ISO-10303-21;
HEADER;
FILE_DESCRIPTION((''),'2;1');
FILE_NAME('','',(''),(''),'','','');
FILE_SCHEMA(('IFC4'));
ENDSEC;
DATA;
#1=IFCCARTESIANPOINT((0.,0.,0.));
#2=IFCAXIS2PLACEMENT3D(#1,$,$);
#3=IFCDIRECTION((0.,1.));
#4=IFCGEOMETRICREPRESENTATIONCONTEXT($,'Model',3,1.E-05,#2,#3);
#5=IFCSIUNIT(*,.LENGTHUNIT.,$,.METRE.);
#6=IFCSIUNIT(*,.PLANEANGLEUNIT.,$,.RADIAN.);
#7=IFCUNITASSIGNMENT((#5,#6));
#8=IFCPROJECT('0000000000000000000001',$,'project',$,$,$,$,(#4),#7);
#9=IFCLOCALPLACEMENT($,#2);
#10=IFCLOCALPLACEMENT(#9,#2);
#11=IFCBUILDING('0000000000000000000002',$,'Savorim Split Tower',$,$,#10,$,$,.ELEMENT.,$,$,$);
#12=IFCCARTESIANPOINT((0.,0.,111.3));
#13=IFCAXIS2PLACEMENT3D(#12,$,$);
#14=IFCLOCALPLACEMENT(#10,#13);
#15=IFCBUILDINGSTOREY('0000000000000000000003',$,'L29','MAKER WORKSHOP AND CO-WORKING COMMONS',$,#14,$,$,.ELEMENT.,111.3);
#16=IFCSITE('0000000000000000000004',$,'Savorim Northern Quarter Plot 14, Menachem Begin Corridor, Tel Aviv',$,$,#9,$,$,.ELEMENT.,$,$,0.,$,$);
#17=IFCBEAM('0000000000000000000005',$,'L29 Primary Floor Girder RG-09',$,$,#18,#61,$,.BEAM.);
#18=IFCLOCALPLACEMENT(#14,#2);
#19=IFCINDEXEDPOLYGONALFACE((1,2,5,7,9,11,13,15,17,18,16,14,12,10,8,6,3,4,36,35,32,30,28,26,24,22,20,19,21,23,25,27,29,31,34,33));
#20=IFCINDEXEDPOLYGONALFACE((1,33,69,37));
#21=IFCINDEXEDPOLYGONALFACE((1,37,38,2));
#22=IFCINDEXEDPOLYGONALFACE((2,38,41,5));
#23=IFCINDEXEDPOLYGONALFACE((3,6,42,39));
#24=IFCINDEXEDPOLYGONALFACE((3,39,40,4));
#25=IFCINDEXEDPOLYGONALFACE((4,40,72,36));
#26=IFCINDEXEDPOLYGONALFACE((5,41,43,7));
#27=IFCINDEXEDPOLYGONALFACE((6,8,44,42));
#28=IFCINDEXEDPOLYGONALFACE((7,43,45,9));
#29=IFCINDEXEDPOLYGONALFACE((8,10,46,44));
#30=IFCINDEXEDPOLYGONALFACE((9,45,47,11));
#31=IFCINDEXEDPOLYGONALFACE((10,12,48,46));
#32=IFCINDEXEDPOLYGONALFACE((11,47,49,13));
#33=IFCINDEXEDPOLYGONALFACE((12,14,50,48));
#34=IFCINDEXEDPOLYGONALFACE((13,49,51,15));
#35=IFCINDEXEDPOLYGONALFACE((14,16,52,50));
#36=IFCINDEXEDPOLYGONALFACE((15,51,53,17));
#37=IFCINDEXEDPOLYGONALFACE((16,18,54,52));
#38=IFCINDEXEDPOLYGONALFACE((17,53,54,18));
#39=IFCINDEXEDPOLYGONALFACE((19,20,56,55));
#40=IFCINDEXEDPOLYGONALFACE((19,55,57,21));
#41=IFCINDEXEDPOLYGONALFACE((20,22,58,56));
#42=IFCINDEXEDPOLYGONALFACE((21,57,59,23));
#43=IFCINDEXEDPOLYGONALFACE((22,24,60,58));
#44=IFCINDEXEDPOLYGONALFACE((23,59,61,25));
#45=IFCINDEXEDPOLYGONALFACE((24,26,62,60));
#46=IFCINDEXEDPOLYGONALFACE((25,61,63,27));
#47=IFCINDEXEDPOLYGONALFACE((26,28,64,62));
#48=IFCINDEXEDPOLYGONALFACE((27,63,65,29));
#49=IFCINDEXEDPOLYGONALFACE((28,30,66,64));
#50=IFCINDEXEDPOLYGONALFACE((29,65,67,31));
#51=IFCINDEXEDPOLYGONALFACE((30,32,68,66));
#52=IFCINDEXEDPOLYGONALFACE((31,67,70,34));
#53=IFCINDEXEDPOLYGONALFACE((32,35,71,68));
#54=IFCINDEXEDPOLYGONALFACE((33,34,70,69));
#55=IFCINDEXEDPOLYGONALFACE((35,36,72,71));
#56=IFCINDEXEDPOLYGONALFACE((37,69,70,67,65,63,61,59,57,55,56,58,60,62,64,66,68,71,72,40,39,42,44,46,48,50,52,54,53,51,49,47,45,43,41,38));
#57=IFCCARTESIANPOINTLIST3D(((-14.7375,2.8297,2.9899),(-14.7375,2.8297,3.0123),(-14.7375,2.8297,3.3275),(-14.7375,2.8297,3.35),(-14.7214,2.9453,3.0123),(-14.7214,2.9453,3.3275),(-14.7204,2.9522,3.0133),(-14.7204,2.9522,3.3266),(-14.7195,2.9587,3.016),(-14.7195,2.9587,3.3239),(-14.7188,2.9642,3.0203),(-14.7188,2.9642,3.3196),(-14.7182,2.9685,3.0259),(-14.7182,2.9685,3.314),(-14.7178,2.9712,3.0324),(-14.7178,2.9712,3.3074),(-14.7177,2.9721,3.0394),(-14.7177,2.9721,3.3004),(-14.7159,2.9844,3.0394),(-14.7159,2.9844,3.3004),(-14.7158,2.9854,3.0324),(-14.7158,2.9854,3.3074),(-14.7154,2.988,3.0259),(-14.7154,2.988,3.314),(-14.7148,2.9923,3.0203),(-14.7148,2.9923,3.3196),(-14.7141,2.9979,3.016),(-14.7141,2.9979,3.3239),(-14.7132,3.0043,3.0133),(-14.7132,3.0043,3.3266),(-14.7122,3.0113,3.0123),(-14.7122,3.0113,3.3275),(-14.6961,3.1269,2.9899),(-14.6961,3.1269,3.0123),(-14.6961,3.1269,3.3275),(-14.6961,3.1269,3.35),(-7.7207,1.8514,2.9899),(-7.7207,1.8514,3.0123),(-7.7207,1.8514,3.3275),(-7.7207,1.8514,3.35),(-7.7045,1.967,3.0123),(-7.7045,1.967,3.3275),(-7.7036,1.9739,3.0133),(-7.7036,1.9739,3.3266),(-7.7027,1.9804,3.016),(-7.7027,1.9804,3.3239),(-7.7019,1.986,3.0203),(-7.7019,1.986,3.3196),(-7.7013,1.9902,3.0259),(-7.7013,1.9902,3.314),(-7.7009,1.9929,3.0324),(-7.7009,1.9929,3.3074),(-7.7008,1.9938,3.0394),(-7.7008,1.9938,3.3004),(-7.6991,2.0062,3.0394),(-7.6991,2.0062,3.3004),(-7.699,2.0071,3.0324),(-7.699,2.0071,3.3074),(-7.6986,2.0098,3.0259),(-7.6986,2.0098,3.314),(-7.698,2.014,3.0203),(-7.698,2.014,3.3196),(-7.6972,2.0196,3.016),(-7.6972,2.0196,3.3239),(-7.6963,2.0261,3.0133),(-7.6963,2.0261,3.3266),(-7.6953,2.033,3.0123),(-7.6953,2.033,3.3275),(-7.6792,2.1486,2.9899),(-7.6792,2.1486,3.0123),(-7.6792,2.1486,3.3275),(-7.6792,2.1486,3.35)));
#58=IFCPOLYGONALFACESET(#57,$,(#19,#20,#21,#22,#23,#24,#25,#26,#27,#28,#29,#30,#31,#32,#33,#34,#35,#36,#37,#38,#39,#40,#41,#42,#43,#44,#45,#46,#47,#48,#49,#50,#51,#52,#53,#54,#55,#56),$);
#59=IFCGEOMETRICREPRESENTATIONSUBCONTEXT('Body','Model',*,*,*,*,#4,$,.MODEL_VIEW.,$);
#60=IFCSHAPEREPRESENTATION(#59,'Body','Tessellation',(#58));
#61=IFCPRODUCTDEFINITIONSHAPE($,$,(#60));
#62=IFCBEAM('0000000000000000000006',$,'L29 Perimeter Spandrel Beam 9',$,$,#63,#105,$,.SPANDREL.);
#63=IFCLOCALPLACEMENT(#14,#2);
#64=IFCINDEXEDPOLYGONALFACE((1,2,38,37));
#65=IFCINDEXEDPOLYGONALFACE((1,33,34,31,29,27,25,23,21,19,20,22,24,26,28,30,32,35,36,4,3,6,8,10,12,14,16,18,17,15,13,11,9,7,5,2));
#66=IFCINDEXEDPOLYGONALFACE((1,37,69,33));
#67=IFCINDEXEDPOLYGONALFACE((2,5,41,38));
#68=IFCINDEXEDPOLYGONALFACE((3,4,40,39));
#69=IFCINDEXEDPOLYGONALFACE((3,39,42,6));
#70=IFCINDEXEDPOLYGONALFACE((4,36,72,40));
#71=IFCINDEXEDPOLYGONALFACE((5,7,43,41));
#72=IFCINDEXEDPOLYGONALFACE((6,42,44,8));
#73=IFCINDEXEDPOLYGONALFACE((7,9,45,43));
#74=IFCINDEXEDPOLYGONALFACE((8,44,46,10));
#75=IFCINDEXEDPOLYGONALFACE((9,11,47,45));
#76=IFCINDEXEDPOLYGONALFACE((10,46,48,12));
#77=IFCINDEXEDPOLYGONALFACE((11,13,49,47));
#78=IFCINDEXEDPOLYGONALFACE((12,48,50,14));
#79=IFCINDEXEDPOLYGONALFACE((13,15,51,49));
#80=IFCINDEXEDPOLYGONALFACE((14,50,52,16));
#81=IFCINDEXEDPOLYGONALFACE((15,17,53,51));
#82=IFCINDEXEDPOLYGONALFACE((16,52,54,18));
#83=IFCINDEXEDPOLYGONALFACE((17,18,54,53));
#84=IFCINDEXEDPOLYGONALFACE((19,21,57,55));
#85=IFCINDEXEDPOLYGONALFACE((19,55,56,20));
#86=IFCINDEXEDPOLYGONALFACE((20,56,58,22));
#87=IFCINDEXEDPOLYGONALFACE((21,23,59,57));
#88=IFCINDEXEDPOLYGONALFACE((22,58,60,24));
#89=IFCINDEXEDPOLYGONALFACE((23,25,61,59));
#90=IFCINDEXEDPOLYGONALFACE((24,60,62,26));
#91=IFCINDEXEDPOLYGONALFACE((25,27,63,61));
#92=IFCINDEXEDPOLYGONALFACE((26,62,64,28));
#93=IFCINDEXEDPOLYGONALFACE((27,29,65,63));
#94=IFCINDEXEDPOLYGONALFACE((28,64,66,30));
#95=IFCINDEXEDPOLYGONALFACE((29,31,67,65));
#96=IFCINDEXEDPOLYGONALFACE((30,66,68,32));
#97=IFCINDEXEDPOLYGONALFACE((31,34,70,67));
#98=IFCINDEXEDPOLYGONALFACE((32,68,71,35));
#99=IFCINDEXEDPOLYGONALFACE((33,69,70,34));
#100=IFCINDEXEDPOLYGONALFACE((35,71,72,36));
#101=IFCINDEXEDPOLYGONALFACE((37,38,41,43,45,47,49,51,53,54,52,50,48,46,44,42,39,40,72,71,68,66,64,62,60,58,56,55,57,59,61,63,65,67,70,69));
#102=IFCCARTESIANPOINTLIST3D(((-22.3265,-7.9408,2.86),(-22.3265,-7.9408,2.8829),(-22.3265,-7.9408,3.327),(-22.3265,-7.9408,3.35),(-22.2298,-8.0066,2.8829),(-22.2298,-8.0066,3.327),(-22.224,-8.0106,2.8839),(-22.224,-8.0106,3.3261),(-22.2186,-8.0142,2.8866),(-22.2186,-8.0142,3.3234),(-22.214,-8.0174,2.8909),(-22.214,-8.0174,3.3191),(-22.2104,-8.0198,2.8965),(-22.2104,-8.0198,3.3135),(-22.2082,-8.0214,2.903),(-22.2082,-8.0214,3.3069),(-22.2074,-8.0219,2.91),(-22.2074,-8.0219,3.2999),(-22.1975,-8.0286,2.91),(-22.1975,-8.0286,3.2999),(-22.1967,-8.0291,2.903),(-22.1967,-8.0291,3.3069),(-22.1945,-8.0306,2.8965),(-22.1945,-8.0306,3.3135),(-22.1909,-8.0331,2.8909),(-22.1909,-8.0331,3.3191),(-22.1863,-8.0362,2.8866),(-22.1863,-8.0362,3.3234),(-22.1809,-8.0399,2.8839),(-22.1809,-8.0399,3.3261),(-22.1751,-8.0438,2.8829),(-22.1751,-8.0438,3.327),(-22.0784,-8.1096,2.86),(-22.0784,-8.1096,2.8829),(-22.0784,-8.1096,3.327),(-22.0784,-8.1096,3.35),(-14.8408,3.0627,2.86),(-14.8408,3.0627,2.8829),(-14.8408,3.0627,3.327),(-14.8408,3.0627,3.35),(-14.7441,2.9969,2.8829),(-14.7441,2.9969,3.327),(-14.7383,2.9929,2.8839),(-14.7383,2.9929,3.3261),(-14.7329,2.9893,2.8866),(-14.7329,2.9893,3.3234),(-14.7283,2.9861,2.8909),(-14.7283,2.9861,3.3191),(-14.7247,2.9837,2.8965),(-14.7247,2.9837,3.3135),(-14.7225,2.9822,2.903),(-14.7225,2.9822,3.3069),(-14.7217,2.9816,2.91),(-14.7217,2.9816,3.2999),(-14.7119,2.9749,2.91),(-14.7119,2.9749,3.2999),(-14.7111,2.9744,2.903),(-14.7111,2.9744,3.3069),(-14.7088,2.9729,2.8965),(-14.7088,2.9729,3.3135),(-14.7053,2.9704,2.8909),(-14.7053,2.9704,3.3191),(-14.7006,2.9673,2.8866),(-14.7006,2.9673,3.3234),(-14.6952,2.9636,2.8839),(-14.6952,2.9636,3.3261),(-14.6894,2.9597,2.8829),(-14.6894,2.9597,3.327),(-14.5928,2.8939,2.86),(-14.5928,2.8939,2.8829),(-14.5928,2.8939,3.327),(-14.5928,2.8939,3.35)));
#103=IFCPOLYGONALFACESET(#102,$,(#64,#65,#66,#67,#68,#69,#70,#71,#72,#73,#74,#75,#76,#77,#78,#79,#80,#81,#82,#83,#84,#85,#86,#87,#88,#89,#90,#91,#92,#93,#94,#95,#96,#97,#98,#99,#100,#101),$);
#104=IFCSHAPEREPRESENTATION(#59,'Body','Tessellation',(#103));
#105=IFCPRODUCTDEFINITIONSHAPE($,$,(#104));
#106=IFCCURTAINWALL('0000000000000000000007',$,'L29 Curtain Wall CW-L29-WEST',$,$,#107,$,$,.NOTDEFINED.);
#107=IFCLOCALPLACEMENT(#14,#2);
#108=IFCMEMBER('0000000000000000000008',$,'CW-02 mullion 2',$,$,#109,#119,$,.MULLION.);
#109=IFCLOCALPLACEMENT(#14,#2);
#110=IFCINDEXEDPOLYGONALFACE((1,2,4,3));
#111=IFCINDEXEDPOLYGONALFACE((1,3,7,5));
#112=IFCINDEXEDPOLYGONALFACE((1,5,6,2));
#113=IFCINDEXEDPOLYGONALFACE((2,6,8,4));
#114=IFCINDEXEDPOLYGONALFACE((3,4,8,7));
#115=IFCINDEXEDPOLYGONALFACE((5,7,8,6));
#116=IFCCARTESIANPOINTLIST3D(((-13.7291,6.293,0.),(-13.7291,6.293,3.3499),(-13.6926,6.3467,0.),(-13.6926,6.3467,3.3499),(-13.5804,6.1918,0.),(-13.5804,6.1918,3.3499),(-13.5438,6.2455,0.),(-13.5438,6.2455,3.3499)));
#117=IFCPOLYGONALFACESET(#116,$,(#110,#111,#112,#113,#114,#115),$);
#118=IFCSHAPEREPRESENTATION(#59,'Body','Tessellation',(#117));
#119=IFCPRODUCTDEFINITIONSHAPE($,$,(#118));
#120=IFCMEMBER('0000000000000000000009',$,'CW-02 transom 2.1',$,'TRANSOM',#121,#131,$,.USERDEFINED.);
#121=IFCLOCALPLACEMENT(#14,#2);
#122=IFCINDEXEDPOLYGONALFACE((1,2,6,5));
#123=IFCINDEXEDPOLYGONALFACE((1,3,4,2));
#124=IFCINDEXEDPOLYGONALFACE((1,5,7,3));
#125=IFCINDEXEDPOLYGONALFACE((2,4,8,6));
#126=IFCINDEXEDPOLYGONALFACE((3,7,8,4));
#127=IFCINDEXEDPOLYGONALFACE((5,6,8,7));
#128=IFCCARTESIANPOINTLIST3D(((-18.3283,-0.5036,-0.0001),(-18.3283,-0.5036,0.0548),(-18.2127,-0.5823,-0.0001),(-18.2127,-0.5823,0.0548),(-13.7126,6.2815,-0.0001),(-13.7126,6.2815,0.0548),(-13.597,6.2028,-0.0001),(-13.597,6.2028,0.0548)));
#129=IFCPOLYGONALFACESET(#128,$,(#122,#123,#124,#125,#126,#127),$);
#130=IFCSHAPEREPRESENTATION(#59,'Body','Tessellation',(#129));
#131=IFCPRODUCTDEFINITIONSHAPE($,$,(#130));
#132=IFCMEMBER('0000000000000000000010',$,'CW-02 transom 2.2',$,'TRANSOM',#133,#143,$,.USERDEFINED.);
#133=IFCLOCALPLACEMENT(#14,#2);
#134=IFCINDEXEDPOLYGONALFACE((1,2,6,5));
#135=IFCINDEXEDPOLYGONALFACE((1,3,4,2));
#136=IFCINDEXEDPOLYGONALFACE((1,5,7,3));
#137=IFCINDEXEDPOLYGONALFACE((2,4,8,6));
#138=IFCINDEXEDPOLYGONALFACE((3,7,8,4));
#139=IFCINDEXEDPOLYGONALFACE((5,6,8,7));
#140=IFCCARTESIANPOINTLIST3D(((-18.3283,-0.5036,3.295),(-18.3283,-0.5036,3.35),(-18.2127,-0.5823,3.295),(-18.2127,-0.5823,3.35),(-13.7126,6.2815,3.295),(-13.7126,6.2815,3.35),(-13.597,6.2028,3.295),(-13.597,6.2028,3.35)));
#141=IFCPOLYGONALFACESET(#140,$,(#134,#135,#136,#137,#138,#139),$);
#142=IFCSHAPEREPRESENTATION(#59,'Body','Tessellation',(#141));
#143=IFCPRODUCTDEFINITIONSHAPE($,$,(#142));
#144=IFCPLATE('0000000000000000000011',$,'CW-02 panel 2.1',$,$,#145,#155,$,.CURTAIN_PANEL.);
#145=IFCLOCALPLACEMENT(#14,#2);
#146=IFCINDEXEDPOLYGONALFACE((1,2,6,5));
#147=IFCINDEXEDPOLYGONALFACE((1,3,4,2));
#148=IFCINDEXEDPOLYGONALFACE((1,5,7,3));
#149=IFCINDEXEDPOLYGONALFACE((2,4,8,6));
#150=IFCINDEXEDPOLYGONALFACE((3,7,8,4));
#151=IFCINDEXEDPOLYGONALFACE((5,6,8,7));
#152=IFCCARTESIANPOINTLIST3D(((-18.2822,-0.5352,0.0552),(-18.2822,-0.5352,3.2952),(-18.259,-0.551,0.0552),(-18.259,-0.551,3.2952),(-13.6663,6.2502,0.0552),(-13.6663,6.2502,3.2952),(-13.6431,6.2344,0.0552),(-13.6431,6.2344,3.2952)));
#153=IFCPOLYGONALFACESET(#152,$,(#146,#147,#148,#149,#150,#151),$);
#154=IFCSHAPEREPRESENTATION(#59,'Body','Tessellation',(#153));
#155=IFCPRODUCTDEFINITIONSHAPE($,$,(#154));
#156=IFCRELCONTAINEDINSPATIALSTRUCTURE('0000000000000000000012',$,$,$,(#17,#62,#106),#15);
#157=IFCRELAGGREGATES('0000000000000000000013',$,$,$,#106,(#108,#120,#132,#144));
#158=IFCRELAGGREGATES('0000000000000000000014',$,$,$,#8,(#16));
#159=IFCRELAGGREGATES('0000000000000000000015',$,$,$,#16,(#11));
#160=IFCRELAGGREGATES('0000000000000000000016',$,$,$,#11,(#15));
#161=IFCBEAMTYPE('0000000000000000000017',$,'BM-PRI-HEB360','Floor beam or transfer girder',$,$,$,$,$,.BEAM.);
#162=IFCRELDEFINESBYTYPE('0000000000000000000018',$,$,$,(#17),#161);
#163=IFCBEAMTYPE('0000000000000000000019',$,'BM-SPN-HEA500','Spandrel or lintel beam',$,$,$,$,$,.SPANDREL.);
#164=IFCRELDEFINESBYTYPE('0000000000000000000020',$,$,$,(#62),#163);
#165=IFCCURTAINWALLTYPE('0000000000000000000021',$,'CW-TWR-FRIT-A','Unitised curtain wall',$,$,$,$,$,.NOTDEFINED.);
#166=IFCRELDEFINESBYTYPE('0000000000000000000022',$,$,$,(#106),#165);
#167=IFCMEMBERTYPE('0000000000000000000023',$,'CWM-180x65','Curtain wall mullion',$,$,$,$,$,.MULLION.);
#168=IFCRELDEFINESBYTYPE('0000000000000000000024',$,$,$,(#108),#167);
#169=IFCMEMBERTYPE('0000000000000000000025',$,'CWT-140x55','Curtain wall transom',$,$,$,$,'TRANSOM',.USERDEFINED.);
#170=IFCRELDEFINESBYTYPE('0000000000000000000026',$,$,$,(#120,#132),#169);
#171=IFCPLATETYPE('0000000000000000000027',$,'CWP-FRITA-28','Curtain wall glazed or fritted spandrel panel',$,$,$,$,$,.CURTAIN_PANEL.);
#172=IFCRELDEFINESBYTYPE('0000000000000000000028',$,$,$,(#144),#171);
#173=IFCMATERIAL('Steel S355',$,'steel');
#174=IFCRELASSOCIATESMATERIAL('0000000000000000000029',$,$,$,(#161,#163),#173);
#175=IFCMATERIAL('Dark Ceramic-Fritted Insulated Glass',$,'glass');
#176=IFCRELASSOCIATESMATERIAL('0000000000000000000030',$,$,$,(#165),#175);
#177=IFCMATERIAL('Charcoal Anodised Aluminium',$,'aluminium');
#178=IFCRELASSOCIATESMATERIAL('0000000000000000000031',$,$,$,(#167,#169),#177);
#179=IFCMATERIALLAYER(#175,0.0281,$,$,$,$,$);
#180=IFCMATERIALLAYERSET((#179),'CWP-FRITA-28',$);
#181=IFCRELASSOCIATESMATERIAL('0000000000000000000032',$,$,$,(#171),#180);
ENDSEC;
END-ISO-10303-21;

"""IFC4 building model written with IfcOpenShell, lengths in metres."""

from ifc_helpers import new_model, si_unit, direction, frame, origin, origin_2d, place, context, subcontext, project, spatial, rectangle, i_section, extrude, material, layer, layer_set, material_profile, profile_set, type_object, element, aggregate, save


model = new_model("IFC4")

# Units and contexts
model_context = context("Model", 3, precision=1e-05, world=origin(), true_north=direction((0.0, 1.0)))
body_context = subcontext(model_context, "Body", "Model", "MODEL_VIEW")
ifc_project = project(units=[si_unit("LENGTHUNIT", "METRE"), si_unit("PLANEANGLEUNIT", "RADIAN")], contexts=[model_context])

# Site, building, storey
site_placement = place(None, origin())
site = spatial("IfcSite", under=ifc_project, at=site_placement, Name="Savorim Northern Quarter Plot 14, Menachem Begin Corridor, Tel Aviv", CompositionType="ELEMENT", RefElevation=0.0)
building_placement = place(site_placement, origin())
building = spatial("IfcBuilding", under=site, at=building_placement, Name="Savorim Split Tower", CompositionType="ELEMENT")
storey_placement = place(building_placement, frame((0.0, 0.0, 111.3)))
storey = spatial("IfcBuildingStorey", under=building, at=storey_placement, Name="L29", Description="MAKER WORKSHOP AND CO-WORKING COMMONS", CompositionType="ELEMENT", Elevation=111.3)

# Beams
ifc_material_1 = material(Name="Steel S355", Category="steel")
ifc_material_profile_1 = material_profile(ifc_material_1, i_section(OverallWidth=0.3, OverallDepth=0.3601, WebThickness=0.0125, FlangeThickness=0.0225, FilletRadius=0.0271, at=origin_2d()), Name="HEB 360")
ifc_profile_set_1 = profile_set([ifc_material_profile_1], Name="Steel S355")
beam_type_1 = type_object("IfcBeamType", Name="BM-PRI-HEB360", Description="Floor beam or transfer girder", PredefinedType="BEAM", material=ifc_profile_set_1)
beam_1_placement = place(storey_placement, frame((-14.7168, 2.9783, 3.1699), z_axis=(0.990421, -0.138082, 0.0), x_axis=(0.138082, 0.990421, 0.0)))
element("IfcBeam", 1, at=beam_1_placement, inside=storey, type_object=beam_type_1, Name="L29 Primary Floor Girder RG-09", PredefinedType="BEAM", context=body_context, shape_type="SweptSolid", body=[
    extrude(i_section(OverallWidth=0.3, OverallDepth=0.3601, WebThickness=0.0125, FlangeThickness=0.0225, FilletRadius=0.0271, at=origin_2d()), origin(), (0.0, 0.0, 1.0), 7.0847),
])
ifc_material_profile_2 = material_profile(ifc_material_1, i_section(OverallWidth=0.3, OverallDepth=0.49, WebThickness=0.012, FlangeThickness=0.0229, FilletRadius=0.0271, at=origin_2d()), Name="HEA 500")
ifc_profile_set_2 = profile_set([ifc_material_profile_2], Name="Steel S355")
beam_type_2 = type_object("IfcBeamType", Name="BM-SPN-HEA500", Description="Spandrel or lintel beam", PredefinedType="SPANDREL", material=ifc_profile_set_2)
beam_2_placement = place(storey_placement, frame((-14.7168, 2.9783, 3.105), z_axis=(-0.562478, -0.826812, 0.0), x_axis=(0.826812, -0.562478, 0.0)))
element("IfcBeam", 2, at=beam_2_placement, inside=storey, type_object=beam_type_2, Name="L29 Perimeter Spandrel Beam 9", PredefinedType="SPANDREL", context=body_context, shape_type="SweptSolid", body=[
    extrude(i_section(OverallWidth=0.3, OverallDepth=0.49, WebThickness=0.012, FlangeThickness=0.0229, FilletRadius=0.0271, at=origin_2d()), origin(), (0.0, 0.0, 1.0), 13.3083),
])

# Curtain wall, members, plate
ifc_material_2 = material(Name="Dark Ceramic-Fritted Insulated Glass", Category="glass")
curtain_wall_type = type_object("IfcCurtainWallType", Name="CW-TWR-FRIT-A", Description="Unitised curtain wall", PredefinedType="NOTDEFINED", material=ifc_material_2)
curtain_wall_placement = place(storey_placement, origin())
curtain_wall = element("IfcCurtainWall", 3, at=curtain_wall_placement, inside=storey, type_object=curtain_wall_type, Name="L29 Curtain Wall CW-L29-WEST", PredefinedType="NOTDEFINED")
ifc_material_3 = material(Name="Charcoal Anodised Aluminium", Category="aluminium")
ifc_material_profile_3 = material_profile(ifc_material_3, rectangle(XDim=0.1799, YDim=0.0649, at=origin_2d()), Name="ALU-M 180x65")
ifc_profile_set_3 = profile_set([ifc_material_profile_3], Name="Charcoal Anodised Aluminium")
member_type_1 = type_object("IfcMemberType", Name="CWM-180x65", Description="Curtain wall mullion", PredefinedType="MULLION", material=ifc_profile_set_3)
member_1_placement = place(storey_placement, frame((-13.6365, 6.2693, 0.0), z_axis=(0.0, 0.0, 1.0), x_axis=(0.82682, -0.562467, 0.0)))
member_1 = element("IfcMember", 4, at=member_1_placement, type_object=member_type_1, Name="CW-02 mullion 2", PredefinedType="MULLION", context=body_context, shape_type="SweptSolid", body=[
    extrude(rectangle(XDim=0.1799, YDim=0.0649, at=origin_2d()), origin(), (0.0, 0.0, 1.0), 3.3499),
])
ifc_material_profile_4 = material_profile(ifc_material_3, rectangle(XDim=0.1399, YDim=0.0549, at=origin_2d()), Name="ALU-T 140x55")
ifc_profile_set_4 = profile_set([ifc_material_profile_4], Name="Charcoal Anodised Aluminium")
member_type_2 = type_object("IfcMemberType", Name="CWT-140x55", Description="Curtain wall transom", ElementType="TRANSOM", PredefinedType="USERDEFINED", material=ifc_profile_set_4)
member_2_placement = place(storey_placement, frame((-13.6548, 6.2422, 0.0273), z_axis=(-0.562461, -0.826824, 0.0), x_axis=(0.826824, -0.562461, 0.0)))
member_2 = element("IfcMember", 5, at=member_2_placement, type_object=member_type_2, Name="CW-02 transom 2.1", ObjectType="TRANSOM", PredefinedType="USERDEFINED", context=body_context, shape_type="SweptSolid", body=[
    extrude(rectangle(XDim=0.1399, YDim=0.0549, at=origin_2d()), origin(), (0.0, 0.0, 1.0), 8.2063),
])
member_3_placement = place(storey_placement, frame((-13.6548, 6.2422, 3.3225), z_axis=(-0.562461, -0.826824, 0.0), x_axis=(0.826824, -0.562461, 0.0)))
member_3 = element("IfcMember", 6, at=member_3_placement, type_object=member_type_2, Name="CW-02 transom 2.2", ObjectType="TRANSOM", PredefinedType="USERDEFINED", context=body_context, shape_type="SweptSolid", body=[
    extrude(rectangle(XDim=0.1399, YDim=0.0549, at=origin_2d()), origin(), (0.0, 0.0, 1.0), 8.2063),
])
ifc_layer_1 = layer(ifc_material_2, 0.0281)
ifc_layer_set_1 = layer_set([ifc_layer_1], Name="CWP-FRITA-28")
plate_type = type_object("IfcPlateType", Name="CWP-FRITA-28", Description="Curtain wall glazed or fritted spandrel panel", PredefinedType="CURTAIN_PANEL", material=ifc_layer_set_1)
plate_placement = place(storey_placement, frame((-15.9626, 2.8496, 0.0552), z_axis=(0.0, 0.0, 1.0), x_axis=(-0.562467, -0.82682, 0.0)))
plate = element("IfcPlate", 7, at=plate_placement, type_object=plate_type, Name="CW-02 panel 2.1", PredefinedType="CURTAIN_PANEL", context=body_context, shape_type="SweptSolid", body=[
    extrude(rectangle(XDim=8.2065, YDim=0.0281, at=origin_2d()), origin(), (0.0, 0.0, 1.0), 3.24),
])
aggregate(curtain_wall, [member_1, member_2, member_3, plate])

save(model, "model.ifc")
